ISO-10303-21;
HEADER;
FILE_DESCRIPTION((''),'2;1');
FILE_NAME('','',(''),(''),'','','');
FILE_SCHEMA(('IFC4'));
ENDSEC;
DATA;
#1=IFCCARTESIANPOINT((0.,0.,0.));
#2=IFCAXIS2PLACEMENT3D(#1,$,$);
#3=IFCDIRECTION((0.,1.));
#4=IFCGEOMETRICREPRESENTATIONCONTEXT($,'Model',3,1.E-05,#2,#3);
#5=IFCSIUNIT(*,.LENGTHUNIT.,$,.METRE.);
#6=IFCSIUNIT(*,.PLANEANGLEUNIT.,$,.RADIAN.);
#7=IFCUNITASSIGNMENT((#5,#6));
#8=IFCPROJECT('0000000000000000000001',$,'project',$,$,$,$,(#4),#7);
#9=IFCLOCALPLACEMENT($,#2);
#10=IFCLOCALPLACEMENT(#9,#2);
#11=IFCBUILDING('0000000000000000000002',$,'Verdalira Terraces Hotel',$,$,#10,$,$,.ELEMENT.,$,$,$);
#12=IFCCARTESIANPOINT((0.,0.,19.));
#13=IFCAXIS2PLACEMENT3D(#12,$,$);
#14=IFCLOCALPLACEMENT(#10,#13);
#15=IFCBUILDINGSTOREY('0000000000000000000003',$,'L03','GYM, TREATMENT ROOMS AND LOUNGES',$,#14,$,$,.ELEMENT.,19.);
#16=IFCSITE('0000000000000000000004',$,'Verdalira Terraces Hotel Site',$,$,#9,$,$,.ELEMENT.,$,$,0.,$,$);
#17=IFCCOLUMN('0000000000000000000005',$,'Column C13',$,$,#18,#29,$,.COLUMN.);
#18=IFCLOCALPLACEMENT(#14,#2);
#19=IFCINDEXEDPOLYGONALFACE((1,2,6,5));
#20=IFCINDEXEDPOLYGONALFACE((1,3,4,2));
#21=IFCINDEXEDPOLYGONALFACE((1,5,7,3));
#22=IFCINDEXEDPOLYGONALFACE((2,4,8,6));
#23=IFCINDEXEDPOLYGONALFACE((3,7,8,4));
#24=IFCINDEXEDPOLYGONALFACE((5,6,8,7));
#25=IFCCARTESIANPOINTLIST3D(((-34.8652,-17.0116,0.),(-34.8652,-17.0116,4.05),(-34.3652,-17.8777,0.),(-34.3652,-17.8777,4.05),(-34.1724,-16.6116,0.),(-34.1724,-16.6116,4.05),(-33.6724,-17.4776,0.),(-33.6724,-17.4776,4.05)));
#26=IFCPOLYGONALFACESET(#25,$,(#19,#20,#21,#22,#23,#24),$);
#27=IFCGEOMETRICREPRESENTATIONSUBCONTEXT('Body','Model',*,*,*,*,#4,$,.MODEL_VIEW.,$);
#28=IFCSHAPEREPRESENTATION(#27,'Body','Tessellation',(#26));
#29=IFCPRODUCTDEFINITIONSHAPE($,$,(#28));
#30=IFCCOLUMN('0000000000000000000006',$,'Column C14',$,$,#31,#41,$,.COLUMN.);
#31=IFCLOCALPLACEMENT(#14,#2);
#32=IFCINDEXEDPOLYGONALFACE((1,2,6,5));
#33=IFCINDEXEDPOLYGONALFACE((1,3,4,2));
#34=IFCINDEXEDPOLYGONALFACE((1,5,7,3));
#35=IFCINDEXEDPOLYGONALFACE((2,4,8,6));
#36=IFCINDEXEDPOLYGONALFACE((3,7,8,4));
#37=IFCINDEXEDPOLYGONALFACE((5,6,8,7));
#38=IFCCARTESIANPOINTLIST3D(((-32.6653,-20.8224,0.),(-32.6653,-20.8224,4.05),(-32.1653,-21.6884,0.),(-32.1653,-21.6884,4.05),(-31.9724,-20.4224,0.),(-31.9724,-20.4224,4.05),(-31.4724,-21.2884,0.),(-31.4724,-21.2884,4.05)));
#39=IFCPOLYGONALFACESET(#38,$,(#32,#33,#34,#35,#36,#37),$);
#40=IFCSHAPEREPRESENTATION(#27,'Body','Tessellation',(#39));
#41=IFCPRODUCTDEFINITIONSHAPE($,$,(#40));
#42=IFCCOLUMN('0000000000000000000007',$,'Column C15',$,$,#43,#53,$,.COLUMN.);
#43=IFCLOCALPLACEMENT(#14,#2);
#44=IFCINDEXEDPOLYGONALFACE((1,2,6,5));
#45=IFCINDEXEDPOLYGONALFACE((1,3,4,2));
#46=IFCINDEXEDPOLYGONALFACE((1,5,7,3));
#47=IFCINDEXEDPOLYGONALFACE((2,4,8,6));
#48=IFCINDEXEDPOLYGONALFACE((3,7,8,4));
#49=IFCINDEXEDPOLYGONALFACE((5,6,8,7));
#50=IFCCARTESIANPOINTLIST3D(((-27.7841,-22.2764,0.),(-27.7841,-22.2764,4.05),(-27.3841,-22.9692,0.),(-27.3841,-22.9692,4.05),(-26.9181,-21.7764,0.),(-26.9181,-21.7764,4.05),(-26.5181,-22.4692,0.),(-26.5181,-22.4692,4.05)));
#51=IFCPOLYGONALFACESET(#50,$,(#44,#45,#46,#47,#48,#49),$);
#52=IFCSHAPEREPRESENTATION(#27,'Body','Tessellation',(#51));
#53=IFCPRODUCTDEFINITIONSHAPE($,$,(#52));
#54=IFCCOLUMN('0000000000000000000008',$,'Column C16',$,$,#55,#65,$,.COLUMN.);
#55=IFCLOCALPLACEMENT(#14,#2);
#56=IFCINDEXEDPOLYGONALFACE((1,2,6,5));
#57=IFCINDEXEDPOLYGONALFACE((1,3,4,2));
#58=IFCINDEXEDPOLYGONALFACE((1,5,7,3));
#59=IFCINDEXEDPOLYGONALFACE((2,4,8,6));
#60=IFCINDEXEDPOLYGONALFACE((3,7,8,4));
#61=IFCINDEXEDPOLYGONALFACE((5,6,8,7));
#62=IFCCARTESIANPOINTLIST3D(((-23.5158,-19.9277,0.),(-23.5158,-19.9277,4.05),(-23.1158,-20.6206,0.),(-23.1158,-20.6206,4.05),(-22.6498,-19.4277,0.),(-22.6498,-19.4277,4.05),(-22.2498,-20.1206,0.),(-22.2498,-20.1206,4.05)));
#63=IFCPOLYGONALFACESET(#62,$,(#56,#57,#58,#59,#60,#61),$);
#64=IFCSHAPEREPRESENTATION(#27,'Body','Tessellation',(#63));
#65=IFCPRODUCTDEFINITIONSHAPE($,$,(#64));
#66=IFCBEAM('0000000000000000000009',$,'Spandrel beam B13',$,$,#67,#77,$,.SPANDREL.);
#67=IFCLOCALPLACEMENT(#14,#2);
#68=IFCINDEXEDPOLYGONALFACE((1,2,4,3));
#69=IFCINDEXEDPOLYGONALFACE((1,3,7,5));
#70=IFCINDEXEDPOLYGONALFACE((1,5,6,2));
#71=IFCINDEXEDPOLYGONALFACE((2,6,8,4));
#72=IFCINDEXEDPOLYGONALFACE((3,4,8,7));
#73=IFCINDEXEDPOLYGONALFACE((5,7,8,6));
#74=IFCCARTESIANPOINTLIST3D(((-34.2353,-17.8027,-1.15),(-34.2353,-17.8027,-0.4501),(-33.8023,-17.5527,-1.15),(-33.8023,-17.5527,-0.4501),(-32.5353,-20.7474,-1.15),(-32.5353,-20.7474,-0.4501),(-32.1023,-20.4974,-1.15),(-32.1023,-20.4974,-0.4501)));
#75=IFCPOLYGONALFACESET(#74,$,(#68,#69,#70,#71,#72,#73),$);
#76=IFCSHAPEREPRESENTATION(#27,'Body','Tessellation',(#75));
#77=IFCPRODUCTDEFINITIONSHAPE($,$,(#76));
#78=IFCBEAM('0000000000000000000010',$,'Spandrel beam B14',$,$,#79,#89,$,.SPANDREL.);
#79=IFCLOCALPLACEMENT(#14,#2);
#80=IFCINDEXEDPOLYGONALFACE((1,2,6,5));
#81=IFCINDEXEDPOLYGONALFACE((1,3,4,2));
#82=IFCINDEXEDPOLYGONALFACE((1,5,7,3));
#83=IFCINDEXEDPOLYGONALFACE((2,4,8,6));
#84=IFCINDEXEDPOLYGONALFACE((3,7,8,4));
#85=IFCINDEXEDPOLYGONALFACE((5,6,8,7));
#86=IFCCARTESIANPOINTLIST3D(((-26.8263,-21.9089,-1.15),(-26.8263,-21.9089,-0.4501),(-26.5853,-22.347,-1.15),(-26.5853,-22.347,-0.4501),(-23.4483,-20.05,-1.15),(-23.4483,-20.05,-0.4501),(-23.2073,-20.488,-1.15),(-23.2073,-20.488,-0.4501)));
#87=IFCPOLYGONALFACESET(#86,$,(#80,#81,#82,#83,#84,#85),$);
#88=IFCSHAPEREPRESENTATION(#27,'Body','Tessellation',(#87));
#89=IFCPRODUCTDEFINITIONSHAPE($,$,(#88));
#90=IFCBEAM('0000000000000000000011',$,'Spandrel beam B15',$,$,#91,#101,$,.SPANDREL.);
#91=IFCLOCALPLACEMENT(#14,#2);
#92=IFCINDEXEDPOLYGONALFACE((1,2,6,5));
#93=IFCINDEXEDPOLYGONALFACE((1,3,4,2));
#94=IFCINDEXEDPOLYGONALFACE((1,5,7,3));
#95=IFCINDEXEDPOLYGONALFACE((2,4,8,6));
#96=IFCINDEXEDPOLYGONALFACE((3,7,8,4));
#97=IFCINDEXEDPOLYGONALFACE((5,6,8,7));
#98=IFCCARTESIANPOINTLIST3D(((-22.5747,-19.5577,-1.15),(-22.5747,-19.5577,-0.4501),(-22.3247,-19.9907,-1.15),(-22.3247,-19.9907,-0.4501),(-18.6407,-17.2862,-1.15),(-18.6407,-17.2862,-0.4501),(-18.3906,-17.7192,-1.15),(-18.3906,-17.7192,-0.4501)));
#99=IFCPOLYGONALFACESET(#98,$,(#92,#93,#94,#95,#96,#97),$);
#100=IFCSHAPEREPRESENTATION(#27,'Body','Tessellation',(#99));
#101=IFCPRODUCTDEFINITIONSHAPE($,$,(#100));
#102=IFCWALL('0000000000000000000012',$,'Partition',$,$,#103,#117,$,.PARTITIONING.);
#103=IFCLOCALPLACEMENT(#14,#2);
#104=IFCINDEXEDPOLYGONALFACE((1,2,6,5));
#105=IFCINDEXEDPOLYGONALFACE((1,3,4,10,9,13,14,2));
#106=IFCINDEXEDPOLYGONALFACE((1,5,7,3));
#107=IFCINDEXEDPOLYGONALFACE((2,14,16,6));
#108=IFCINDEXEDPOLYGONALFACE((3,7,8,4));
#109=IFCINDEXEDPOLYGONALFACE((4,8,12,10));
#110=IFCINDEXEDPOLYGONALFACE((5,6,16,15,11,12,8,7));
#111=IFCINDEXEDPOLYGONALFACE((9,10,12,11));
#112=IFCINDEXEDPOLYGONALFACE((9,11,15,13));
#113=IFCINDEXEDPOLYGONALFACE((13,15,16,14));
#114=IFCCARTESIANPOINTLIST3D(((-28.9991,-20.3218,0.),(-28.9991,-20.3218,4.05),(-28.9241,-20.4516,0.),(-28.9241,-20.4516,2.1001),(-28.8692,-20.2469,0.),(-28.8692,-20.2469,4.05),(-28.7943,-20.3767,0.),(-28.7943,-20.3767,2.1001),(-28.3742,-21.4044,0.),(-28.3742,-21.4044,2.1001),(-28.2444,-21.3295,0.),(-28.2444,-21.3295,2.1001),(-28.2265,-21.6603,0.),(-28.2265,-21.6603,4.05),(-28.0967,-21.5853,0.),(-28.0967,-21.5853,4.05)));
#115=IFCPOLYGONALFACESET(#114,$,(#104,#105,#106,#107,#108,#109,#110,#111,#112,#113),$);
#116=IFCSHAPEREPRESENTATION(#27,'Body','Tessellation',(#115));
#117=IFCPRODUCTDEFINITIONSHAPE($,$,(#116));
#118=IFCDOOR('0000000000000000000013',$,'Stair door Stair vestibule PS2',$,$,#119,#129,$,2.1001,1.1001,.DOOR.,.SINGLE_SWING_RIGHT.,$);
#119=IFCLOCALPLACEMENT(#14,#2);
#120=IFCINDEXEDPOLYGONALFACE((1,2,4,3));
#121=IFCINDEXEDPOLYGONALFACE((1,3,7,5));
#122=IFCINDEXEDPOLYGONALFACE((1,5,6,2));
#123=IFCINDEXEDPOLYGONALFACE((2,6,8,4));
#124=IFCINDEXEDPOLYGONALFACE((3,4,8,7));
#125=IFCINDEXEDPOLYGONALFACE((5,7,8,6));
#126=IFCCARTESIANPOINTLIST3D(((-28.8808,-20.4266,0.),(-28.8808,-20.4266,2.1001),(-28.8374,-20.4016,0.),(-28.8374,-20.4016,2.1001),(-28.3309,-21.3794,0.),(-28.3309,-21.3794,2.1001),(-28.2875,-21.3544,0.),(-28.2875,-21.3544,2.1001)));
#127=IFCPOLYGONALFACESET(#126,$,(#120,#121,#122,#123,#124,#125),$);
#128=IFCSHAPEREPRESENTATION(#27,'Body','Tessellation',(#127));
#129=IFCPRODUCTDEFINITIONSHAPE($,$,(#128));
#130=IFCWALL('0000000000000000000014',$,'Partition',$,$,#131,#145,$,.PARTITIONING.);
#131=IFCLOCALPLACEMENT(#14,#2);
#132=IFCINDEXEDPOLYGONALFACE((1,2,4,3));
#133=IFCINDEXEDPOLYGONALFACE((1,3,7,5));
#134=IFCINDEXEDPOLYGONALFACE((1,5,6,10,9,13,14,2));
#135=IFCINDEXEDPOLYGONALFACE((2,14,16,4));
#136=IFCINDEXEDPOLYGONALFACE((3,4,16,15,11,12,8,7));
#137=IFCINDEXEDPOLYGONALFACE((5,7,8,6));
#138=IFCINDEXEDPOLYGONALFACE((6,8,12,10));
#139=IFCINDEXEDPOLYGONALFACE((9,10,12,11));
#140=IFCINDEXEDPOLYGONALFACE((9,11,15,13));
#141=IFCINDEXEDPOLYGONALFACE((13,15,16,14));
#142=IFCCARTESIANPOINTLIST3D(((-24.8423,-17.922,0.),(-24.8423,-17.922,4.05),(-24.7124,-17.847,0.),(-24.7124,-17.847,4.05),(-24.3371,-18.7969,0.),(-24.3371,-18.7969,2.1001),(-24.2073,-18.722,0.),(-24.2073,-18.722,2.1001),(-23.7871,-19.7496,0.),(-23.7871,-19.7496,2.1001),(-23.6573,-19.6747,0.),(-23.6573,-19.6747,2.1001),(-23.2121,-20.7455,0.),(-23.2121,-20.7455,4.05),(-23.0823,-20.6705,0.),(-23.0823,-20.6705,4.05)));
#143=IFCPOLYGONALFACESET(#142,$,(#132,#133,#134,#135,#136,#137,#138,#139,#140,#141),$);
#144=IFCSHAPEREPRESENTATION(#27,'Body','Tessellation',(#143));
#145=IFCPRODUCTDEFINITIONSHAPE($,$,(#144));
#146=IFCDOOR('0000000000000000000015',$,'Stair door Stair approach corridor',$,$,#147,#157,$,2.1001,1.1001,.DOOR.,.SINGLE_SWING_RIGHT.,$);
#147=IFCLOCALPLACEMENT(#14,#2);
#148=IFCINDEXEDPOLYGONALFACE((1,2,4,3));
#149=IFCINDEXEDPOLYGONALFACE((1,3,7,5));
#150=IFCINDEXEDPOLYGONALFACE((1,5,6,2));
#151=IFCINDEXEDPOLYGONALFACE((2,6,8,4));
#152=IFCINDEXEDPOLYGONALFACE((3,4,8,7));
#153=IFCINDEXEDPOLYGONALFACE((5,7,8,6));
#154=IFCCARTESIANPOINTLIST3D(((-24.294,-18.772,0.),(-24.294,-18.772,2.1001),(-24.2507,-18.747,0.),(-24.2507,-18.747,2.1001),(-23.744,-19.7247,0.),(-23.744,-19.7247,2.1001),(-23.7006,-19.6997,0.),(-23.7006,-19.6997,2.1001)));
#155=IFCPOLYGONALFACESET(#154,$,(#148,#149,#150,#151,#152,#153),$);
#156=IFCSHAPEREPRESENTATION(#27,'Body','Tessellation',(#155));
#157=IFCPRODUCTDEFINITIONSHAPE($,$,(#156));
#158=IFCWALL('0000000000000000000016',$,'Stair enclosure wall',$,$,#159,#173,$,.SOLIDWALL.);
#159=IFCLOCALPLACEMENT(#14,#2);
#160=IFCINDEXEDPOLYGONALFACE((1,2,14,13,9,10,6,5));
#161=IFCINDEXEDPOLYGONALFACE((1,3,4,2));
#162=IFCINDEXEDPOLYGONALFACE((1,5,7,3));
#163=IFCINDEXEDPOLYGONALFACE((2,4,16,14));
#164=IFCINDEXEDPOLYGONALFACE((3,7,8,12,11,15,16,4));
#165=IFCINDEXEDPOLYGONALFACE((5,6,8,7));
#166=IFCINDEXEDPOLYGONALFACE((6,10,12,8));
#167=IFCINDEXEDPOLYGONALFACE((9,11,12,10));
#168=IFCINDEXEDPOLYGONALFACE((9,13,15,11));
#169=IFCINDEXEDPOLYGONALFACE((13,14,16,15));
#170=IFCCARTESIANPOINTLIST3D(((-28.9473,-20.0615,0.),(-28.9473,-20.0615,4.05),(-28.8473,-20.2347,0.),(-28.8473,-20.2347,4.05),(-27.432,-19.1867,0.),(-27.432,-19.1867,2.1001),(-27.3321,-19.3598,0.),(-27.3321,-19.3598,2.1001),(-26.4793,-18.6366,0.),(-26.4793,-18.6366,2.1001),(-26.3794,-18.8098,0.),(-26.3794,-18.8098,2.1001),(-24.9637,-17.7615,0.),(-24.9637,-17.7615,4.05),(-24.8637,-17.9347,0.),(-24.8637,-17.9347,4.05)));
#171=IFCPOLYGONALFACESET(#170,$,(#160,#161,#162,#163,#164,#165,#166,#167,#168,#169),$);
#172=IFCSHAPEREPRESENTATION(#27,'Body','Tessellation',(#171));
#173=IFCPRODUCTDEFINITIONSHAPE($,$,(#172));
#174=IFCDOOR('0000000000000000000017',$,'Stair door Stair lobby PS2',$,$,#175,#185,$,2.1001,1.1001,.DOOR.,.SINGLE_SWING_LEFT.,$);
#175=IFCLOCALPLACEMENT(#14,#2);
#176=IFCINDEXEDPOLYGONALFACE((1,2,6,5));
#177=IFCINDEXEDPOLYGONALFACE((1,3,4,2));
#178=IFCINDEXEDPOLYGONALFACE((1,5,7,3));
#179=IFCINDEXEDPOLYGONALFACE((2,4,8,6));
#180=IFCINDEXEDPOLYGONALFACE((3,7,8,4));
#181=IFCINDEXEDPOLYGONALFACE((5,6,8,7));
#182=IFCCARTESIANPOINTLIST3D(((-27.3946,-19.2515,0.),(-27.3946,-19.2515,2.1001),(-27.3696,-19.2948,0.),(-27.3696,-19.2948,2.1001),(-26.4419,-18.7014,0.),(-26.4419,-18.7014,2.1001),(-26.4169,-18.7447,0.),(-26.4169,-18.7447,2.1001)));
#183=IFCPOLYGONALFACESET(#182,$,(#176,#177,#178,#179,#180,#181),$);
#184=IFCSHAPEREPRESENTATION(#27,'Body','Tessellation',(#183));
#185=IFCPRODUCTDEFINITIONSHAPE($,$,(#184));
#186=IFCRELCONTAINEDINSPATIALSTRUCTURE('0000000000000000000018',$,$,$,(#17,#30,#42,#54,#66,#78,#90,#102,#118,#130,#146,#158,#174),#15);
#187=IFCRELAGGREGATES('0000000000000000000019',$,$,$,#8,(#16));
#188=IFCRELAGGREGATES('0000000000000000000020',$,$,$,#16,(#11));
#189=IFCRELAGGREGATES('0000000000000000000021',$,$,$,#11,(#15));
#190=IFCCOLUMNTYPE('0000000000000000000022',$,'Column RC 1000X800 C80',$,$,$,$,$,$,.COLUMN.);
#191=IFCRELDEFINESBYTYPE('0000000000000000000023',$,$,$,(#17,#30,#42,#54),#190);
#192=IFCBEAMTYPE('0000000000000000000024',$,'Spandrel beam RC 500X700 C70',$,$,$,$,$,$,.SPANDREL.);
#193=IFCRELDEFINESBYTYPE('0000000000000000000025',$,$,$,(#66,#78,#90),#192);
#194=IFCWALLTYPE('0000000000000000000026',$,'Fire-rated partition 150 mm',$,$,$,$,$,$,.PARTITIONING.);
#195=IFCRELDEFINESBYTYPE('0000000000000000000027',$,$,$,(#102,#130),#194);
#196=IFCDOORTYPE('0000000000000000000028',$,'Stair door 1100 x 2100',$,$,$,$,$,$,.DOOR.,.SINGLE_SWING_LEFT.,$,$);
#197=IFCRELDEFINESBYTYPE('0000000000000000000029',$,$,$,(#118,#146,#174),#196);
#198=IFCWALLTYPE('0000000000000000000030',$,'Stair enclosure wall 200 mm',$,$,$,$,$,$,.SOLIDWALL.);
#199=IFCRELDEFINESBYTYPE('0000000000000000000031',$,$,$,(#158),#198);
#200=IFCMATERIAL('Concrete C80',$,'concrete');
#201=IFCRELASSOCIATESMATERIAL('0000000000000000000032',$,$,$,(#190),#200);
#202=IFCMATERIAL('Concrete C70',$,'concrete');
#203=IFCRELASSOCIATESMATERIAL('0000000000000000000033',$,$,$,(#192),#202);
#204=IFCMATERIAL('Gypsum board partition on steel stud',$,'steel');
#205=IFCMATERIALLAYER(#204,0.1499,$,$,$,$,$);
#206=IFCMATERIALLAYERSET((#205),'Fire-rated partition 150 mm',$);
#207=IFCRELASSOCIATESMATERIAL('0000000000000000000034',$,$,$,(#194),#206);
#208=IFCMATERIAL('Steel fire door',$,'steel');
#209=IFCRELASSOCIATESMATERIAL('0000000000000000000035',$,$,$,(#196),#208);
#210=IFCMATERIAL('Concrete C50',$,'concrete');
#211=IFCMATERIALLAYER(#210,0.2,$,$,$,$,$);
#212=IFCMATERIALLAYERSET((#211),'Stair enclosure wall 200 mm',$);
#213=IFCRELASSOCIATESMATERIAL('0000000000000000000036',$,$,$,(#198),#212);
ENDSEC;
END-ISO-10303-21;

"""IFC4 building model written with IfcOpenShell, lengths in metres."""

from ifc_helpers import new_model, si_unit, direction, frame, frame_2d, origin, origin_2d, place, context, subcontext, project, spatial, rectangle, extrude, material, layer, layer_set, material_profile, profile_set, type_object, element, fill, save


model = new_model("IFC4")

# Units and contexts
model_context = context("Model", 3, precision=1e-05, world=origin(), true_north=direction((0.0, 1.0)))
body_context = subcontext(model_context, "Body", "Model", "MODEL_VIEW")
ifc_project = project(units=[si_unit("LENGTHUNIT", "METRE"), si_unit("PLANEANGLEUNIT", "RADIAN")], contexts=[model_context])

# Site, building, storey
site_placement = place(None, origin())
site = spatial("IfcSite", under=ifc_project, at=site_placement, Name="Verdalira Terraces Hotel Site", CompositionType="ELEMENT", RefElevation=0.0)
building_placement = place(site_placement, origin())
building = spatial("IfcBuilding", under=site, at=building_placement, Name="Verdalira Terraces Hotel", CompositionType="ELEMENT")
storey_placement = place(building_placement, frame((0.0, 0.0, 19.0)))
storey = spatial("IfcBuildingStorey", under=building, at=storey_placement, Name="L03", Description="GYM, TREATMENT ROOMS AND LOUNGES", CompositionType="ELEMENT", Elevation=19.0)

# Columns
ifc_material_1 = material(Name="Concrete C80", Category="concrete")
ifc_material_profile_1 = material_profile(ifc_material_1, rectangle(XDim=1.0, YDim=0.8, at=origin_2d()), Name="RC 1000X800")
ifc_profile_set_1 = profile_set([ifc_material_profile_1], Name="Concrete C80")
column_type = type_object("IfcColumnType", Name="Column RC 1000X800 C80", PredefinedType="COLUMN", material=ifc_profile_set_1)
for number, where, z_axis, x_axis, name in (
    (1, (-34.2688, -17.2446, 0.0), (0.0, 0.0, 1.0), (0.5, -0.866025, 0.0), "Column C13"),
    (2, (-32.0688, -21.0554, 0.0), (0.0, 0.0, 1.0), (0.5, -0.866025, 0.0), "Column C14"),
    (3, (-27.1511, -22.3728, 0.0), (0.0, 0.0, 1.0), (0.866025, 0.5, 0.0), "Column C15"),
    (4, (-22.8828, -20.0242, 0.0), (0.0, 0.0, 1.0), (0.866025, 0.5, 0.0), "Column C16"),
):
    element("IfcColumn", number, at=place(storey_placement, frame(where, z_axis=z_axis, x_axis=x_axis)), inside=storey, type_object=column_type, Name=name, PredefinedType="COLUMN", context=body_context, shape_type="SweptSolid", body=[
        extrude(rectangle(XDim=1.0, YDim=0.8, at=origin_2d()), origin(), (0.0, 0.0, 1.0), 4.05),
    ])

# Beams
ifc_material_2 = material(Name="Concrete C70", Category="concrete")
ifc_material_profile_2 = material_profile(ifc_material_2, rectangle(XDim=0.5, YDim=0.7, at=origin_2d()), Name="RC 500X700")
ifc_profile_set_2 = profile_set([ifc_material_profile_2], Name="Concrete C70")
beam_type = type_object("IfcBeamType", Name="Spandrel beam RC 500X700 C70", PredefinedType="SPANDREL", material=ifc_profile_set_2)
beam_1_placement = place(storey_placement, frame((-34.0188, -17.6777, -0.8), z_axis=(0.499977, -0.866039, 0.0), x_axis=(0.866039, 0.499977, 0.0)))
element("IfcBeam", 5, at=beam_1_placement, inside=storey, type_object=beam_type, Name="Spandrel beam B13", PredefinedType="SPANDREL", context=body_context, shape_type="SweptSolid", body=[
    extrude(rectangle(XDim=0.5, YDim=0.7, at=origin_2d()), origin(), (0.0, 0.0, 1.0), 3.4001),
])
beam_2_placement = place(storey_placement, frame((-26.7058, -22.1279, -0.8), z_axis=(0.876104, 0.482123, 0.0), x_axis=(-0.482123, 0.876104, 0.0)))
element("IfcBeam", 6, at=beam_2_placement, inside=storey, type_object=beam_type, Name="Spandrel beam B14", PredefinedType="SPANDREL", context=body_context, shape_type="SweptSolid", body=[
    extrude(rectangle(XDim=0.5, YDim=0.7, at=origin_2d()), origin(), (0.0, 0.0, 1.0), 3.8557),
])
beam_3_placement = place(storey_placement, frame((-22.4497, -19.7742, -0.8), z_axis=(0.866012, 0.500023, 0.0), x_axis=(-0.500023, 0.866012, 0.0)))
element("IfcBeam", 7, at=beam_3_placement, inside=storey, type_object=beam_type, Name="Spandrel beam B15", PredefinedType="SPANDREL", context=body_context, shape_type="SweptSolid", body=[
    extrude(rectangle(XDim=0.5, YDim=0.7, at=origin_2d()), origin(), (0.0, 0.0, 1.0), 4.5427),
])

# Walls, openings, doors
ifc_material_3 = material(Name="Gypsum board partition on steel stud", Category="steel")
ifc_layer_1 = layer(ifc_material_3, 0.1499)
ifc_layer_set_1 = layer_set([ifc_layer_1], Name="Fire-rated partition 150 mm")
wall_type_1 = type_object("IfcWallType", Name="Fire-rated partition 150 mm", PredefinedType="PARTITIONING", material=ifc_layer_set_1)
wall_1_placement = place(storey_placement, frame((-28.1616, -21.6228, 0.0), z_axis=(0.0, 0.0, 1.0), x_axis=(-0.499877, 0.866096, 0.0)))
wall_1 = element("IfcWall", 8, at=wall_1_placement, inside=storey, type_object=wall_type_1, Name="Partition", PredefinedType="PARTITIONING", context=body_context, shape_type="SweptSolid", body=[
    extrude(rectangle(XDim=1.5454, YDim=0.1499, at=frame_2d((0.7727, 0.0))), origin(), (0.0, 0.0, 1.0), 4.05),
])
opening_1_placement = place(wall_1_placement, frame((0.2954, 0.0, 0.0)))
opening_1 = element("IfcOpeningElement", 9, at=opening_1_placement, cuts=wall_1, PredefinedType="OPENING", context=body_context, shape_type="SweptSolid", body=[
    extrude(rectangle(XDim=1.1001, YDim=2.1001, at=frame_2d((0.55, 1.05))), frame((0.0, 0.085, 0.0), z_axis=(0.0, -1.0, 0.0), x_axis=(1.0, 0.0, 0.0)), (0.0, 0.0, 1.0), 0.1699),
])
ifc_material_4 = material(Name="Steel fire door", Category="steel")
door_type = type_object("IfcDoorType", Name="Stair door 1100 x 2100", OperationType="SINGLE_SWING_LEFT", PredefinedType="DOOR", material=ifc_material_4)
door_1_placement = place(opening_1_placement, origin())
door_1 = element("IfcDoor", 10, at=door_1_placement, inside=storey, type_object=door_type, Name="Stair door Stair vestibule PS2", OperationType="SINGLE_SWING_RIGHT", OverallHeight=2.1001, OverallWidth=1.1001, PredefinedType="DOOR", context=body_context, shape_type="SweptSolid", body=[
    extrude(rectangle(XDim=1.1001, YDim=2.1001, at=frame_2d((0.55, 1.05))), frame((0.0, 0.0249, 0.0), z_axis=(0.0, -1.0, 0.0), x_axis=(1.0, 0.0, 0.0)), (0.0, 0.0, 1.0), 0.05),
])
fill(opening_1, door_1)
wall_2_placement = place(storey_placement, frame((-24.7773, -17.8845, 0.0), z_axis=(0.0, 0.0, 1.0), x_axis=(0.499997, -0.866027, 0.0)))
wall_2 = element("IfcWall", 11, at=wall_2_placement, inside=storey, type_object=wall_type_1, Name="Partition", PredefinedType="PARTITIONING", context=body_context, shape_type="SweptSolid", body=[
    extrude(rectangle(XDim=3.2603, YDim=0.1499, at=frame_2d((1.6301, 0.0))), origin(), (0.0, 0.0, 1.0), 4.05),
])
opening_2_placement = place(wall_2_placement, frame((1.0103, 0.0, 0.0)))
opening_2 = element("IfcOpeningElement", 12, at=opening_2_placement, cuts=wall_2, PredefinedType="OPENING", context=body_context, shape_type="SweptSolid", body=[
    extrude(rectangle(XDim=1.1001, YDim=2.1001, at=frame_2d((0.55, 1.05))), frame((0.0, 0.085, 0.0), z_axis=(0.0, -1.0, 0.0), x_axis=(1.0, 0.0, 0.0)), (0.0, 0.0, 1.0), 0.1699),
])
door_2_placement = place(opening_2_placement, origin())
door_2 = element("IfcDoor", 13, at=door_2_placement, inside=storey, type_object=door_type, Name="Stair door Stair approach corridor", OperationType="SINGLE_SWING_RIGHT", OverallHeight=2.1001, OverallWidth=1.1001, PredefinedType="DOOR", context=body_context, shape_type="SweptSolid", body=[
    extrude(rectangle(XDim=1.1001, YDim=2.1001, at=frame_2d((0.55, 1.05))), frame((0.0, 0.0249, 0.0), z_axis=(0.0, -1.0, 0.0), x_axis=(1.0, 0.0, 0.0)), (0.0, 0.0, 1.0), 0.05),
])
fill(opening_2, door_2)
ifc_material_5 = material(Name="Concrete C50", Category="concrete")
ifc_layer_2 = layer(ifc_material_5, 0.2)
ifc_layer_set_2 = layer_set([ifc_layer_2], Name="Stair enclosure wall 200 mm")
wall_type_2 = type_object("IfcWallType", Name="Stair enclosure wall 200 mm", PredefinedType="SOLIDWALL", material=ifc_layer_set_2)
wall_3_placement = place(storey_placement, frame((-24.9138, -17.8481, 0.0), z_axis=(0.0, 0.0, 1.0), x_axis=(-0.866017, -0.500015, 0.0)))
wall_3 = element("IfcWall", 14, at=wall_3_placement, inside=storey, type_object=wall_type_2, Name="Stair enclosure wall", PredefinedType="SOLIDWALL", context=body_context, shape_type="SweptSolid", body=[
    extrude(rectangle(XDim=4.5999, YDim=0.2, at=frame_2d((2.2998, 0.0))), origin(), (0.0, 0.0, 1.0), 4.05),
])
opening_3_placement = place(wall_3_placement, frame((1.75, 0.0, 0.0)))
opening_3 = element("IfcOpeningElement", 15, at=opening_3_placement, cuts=wall_3, PredefinedType="OPENING", context=body_context, shape_type="SweptSolid", body=[
    extrude(rectangle(XDim=1.1001, YDim=2.1001, at=frame_2d((0.55, 1.05))), frame((0.0, 0.1099, 0.0), z_axis=(0.0, -1.0, 0.0), x_axis=(1.0, 0.0, 0.0)), (0.0, 0.0, 1.0), 0.22),
])
door_3_placement = place(opening_3_placement, origin())
door_3 = element("IfcDoor", 16, at=door_3_placement, inside=storey, type_object=door_type, Name="Stair door Stair lobby PS2", OperationType="SINGLE_SWING_LEFT", OverallHeight=2.1001, OverallWidth=1.1001, PredefinedType="DOOR", context=body_context, shape_type="SweptSolid", body=[
    extrude(rectangle(XDim=1.1001, YDim=2.1001, at=frame_2d((0.55, 1.05))), frame((0.0, 0.0249, 0.0), z_axis=(0.0, -1.0, 0.0), x_axis=(1.0, 0.0, 0.0)), (0.0, 0.0, 1.0), 0.05),
])
fill(opening_3, door_3)

save(model, "model.ifc")
